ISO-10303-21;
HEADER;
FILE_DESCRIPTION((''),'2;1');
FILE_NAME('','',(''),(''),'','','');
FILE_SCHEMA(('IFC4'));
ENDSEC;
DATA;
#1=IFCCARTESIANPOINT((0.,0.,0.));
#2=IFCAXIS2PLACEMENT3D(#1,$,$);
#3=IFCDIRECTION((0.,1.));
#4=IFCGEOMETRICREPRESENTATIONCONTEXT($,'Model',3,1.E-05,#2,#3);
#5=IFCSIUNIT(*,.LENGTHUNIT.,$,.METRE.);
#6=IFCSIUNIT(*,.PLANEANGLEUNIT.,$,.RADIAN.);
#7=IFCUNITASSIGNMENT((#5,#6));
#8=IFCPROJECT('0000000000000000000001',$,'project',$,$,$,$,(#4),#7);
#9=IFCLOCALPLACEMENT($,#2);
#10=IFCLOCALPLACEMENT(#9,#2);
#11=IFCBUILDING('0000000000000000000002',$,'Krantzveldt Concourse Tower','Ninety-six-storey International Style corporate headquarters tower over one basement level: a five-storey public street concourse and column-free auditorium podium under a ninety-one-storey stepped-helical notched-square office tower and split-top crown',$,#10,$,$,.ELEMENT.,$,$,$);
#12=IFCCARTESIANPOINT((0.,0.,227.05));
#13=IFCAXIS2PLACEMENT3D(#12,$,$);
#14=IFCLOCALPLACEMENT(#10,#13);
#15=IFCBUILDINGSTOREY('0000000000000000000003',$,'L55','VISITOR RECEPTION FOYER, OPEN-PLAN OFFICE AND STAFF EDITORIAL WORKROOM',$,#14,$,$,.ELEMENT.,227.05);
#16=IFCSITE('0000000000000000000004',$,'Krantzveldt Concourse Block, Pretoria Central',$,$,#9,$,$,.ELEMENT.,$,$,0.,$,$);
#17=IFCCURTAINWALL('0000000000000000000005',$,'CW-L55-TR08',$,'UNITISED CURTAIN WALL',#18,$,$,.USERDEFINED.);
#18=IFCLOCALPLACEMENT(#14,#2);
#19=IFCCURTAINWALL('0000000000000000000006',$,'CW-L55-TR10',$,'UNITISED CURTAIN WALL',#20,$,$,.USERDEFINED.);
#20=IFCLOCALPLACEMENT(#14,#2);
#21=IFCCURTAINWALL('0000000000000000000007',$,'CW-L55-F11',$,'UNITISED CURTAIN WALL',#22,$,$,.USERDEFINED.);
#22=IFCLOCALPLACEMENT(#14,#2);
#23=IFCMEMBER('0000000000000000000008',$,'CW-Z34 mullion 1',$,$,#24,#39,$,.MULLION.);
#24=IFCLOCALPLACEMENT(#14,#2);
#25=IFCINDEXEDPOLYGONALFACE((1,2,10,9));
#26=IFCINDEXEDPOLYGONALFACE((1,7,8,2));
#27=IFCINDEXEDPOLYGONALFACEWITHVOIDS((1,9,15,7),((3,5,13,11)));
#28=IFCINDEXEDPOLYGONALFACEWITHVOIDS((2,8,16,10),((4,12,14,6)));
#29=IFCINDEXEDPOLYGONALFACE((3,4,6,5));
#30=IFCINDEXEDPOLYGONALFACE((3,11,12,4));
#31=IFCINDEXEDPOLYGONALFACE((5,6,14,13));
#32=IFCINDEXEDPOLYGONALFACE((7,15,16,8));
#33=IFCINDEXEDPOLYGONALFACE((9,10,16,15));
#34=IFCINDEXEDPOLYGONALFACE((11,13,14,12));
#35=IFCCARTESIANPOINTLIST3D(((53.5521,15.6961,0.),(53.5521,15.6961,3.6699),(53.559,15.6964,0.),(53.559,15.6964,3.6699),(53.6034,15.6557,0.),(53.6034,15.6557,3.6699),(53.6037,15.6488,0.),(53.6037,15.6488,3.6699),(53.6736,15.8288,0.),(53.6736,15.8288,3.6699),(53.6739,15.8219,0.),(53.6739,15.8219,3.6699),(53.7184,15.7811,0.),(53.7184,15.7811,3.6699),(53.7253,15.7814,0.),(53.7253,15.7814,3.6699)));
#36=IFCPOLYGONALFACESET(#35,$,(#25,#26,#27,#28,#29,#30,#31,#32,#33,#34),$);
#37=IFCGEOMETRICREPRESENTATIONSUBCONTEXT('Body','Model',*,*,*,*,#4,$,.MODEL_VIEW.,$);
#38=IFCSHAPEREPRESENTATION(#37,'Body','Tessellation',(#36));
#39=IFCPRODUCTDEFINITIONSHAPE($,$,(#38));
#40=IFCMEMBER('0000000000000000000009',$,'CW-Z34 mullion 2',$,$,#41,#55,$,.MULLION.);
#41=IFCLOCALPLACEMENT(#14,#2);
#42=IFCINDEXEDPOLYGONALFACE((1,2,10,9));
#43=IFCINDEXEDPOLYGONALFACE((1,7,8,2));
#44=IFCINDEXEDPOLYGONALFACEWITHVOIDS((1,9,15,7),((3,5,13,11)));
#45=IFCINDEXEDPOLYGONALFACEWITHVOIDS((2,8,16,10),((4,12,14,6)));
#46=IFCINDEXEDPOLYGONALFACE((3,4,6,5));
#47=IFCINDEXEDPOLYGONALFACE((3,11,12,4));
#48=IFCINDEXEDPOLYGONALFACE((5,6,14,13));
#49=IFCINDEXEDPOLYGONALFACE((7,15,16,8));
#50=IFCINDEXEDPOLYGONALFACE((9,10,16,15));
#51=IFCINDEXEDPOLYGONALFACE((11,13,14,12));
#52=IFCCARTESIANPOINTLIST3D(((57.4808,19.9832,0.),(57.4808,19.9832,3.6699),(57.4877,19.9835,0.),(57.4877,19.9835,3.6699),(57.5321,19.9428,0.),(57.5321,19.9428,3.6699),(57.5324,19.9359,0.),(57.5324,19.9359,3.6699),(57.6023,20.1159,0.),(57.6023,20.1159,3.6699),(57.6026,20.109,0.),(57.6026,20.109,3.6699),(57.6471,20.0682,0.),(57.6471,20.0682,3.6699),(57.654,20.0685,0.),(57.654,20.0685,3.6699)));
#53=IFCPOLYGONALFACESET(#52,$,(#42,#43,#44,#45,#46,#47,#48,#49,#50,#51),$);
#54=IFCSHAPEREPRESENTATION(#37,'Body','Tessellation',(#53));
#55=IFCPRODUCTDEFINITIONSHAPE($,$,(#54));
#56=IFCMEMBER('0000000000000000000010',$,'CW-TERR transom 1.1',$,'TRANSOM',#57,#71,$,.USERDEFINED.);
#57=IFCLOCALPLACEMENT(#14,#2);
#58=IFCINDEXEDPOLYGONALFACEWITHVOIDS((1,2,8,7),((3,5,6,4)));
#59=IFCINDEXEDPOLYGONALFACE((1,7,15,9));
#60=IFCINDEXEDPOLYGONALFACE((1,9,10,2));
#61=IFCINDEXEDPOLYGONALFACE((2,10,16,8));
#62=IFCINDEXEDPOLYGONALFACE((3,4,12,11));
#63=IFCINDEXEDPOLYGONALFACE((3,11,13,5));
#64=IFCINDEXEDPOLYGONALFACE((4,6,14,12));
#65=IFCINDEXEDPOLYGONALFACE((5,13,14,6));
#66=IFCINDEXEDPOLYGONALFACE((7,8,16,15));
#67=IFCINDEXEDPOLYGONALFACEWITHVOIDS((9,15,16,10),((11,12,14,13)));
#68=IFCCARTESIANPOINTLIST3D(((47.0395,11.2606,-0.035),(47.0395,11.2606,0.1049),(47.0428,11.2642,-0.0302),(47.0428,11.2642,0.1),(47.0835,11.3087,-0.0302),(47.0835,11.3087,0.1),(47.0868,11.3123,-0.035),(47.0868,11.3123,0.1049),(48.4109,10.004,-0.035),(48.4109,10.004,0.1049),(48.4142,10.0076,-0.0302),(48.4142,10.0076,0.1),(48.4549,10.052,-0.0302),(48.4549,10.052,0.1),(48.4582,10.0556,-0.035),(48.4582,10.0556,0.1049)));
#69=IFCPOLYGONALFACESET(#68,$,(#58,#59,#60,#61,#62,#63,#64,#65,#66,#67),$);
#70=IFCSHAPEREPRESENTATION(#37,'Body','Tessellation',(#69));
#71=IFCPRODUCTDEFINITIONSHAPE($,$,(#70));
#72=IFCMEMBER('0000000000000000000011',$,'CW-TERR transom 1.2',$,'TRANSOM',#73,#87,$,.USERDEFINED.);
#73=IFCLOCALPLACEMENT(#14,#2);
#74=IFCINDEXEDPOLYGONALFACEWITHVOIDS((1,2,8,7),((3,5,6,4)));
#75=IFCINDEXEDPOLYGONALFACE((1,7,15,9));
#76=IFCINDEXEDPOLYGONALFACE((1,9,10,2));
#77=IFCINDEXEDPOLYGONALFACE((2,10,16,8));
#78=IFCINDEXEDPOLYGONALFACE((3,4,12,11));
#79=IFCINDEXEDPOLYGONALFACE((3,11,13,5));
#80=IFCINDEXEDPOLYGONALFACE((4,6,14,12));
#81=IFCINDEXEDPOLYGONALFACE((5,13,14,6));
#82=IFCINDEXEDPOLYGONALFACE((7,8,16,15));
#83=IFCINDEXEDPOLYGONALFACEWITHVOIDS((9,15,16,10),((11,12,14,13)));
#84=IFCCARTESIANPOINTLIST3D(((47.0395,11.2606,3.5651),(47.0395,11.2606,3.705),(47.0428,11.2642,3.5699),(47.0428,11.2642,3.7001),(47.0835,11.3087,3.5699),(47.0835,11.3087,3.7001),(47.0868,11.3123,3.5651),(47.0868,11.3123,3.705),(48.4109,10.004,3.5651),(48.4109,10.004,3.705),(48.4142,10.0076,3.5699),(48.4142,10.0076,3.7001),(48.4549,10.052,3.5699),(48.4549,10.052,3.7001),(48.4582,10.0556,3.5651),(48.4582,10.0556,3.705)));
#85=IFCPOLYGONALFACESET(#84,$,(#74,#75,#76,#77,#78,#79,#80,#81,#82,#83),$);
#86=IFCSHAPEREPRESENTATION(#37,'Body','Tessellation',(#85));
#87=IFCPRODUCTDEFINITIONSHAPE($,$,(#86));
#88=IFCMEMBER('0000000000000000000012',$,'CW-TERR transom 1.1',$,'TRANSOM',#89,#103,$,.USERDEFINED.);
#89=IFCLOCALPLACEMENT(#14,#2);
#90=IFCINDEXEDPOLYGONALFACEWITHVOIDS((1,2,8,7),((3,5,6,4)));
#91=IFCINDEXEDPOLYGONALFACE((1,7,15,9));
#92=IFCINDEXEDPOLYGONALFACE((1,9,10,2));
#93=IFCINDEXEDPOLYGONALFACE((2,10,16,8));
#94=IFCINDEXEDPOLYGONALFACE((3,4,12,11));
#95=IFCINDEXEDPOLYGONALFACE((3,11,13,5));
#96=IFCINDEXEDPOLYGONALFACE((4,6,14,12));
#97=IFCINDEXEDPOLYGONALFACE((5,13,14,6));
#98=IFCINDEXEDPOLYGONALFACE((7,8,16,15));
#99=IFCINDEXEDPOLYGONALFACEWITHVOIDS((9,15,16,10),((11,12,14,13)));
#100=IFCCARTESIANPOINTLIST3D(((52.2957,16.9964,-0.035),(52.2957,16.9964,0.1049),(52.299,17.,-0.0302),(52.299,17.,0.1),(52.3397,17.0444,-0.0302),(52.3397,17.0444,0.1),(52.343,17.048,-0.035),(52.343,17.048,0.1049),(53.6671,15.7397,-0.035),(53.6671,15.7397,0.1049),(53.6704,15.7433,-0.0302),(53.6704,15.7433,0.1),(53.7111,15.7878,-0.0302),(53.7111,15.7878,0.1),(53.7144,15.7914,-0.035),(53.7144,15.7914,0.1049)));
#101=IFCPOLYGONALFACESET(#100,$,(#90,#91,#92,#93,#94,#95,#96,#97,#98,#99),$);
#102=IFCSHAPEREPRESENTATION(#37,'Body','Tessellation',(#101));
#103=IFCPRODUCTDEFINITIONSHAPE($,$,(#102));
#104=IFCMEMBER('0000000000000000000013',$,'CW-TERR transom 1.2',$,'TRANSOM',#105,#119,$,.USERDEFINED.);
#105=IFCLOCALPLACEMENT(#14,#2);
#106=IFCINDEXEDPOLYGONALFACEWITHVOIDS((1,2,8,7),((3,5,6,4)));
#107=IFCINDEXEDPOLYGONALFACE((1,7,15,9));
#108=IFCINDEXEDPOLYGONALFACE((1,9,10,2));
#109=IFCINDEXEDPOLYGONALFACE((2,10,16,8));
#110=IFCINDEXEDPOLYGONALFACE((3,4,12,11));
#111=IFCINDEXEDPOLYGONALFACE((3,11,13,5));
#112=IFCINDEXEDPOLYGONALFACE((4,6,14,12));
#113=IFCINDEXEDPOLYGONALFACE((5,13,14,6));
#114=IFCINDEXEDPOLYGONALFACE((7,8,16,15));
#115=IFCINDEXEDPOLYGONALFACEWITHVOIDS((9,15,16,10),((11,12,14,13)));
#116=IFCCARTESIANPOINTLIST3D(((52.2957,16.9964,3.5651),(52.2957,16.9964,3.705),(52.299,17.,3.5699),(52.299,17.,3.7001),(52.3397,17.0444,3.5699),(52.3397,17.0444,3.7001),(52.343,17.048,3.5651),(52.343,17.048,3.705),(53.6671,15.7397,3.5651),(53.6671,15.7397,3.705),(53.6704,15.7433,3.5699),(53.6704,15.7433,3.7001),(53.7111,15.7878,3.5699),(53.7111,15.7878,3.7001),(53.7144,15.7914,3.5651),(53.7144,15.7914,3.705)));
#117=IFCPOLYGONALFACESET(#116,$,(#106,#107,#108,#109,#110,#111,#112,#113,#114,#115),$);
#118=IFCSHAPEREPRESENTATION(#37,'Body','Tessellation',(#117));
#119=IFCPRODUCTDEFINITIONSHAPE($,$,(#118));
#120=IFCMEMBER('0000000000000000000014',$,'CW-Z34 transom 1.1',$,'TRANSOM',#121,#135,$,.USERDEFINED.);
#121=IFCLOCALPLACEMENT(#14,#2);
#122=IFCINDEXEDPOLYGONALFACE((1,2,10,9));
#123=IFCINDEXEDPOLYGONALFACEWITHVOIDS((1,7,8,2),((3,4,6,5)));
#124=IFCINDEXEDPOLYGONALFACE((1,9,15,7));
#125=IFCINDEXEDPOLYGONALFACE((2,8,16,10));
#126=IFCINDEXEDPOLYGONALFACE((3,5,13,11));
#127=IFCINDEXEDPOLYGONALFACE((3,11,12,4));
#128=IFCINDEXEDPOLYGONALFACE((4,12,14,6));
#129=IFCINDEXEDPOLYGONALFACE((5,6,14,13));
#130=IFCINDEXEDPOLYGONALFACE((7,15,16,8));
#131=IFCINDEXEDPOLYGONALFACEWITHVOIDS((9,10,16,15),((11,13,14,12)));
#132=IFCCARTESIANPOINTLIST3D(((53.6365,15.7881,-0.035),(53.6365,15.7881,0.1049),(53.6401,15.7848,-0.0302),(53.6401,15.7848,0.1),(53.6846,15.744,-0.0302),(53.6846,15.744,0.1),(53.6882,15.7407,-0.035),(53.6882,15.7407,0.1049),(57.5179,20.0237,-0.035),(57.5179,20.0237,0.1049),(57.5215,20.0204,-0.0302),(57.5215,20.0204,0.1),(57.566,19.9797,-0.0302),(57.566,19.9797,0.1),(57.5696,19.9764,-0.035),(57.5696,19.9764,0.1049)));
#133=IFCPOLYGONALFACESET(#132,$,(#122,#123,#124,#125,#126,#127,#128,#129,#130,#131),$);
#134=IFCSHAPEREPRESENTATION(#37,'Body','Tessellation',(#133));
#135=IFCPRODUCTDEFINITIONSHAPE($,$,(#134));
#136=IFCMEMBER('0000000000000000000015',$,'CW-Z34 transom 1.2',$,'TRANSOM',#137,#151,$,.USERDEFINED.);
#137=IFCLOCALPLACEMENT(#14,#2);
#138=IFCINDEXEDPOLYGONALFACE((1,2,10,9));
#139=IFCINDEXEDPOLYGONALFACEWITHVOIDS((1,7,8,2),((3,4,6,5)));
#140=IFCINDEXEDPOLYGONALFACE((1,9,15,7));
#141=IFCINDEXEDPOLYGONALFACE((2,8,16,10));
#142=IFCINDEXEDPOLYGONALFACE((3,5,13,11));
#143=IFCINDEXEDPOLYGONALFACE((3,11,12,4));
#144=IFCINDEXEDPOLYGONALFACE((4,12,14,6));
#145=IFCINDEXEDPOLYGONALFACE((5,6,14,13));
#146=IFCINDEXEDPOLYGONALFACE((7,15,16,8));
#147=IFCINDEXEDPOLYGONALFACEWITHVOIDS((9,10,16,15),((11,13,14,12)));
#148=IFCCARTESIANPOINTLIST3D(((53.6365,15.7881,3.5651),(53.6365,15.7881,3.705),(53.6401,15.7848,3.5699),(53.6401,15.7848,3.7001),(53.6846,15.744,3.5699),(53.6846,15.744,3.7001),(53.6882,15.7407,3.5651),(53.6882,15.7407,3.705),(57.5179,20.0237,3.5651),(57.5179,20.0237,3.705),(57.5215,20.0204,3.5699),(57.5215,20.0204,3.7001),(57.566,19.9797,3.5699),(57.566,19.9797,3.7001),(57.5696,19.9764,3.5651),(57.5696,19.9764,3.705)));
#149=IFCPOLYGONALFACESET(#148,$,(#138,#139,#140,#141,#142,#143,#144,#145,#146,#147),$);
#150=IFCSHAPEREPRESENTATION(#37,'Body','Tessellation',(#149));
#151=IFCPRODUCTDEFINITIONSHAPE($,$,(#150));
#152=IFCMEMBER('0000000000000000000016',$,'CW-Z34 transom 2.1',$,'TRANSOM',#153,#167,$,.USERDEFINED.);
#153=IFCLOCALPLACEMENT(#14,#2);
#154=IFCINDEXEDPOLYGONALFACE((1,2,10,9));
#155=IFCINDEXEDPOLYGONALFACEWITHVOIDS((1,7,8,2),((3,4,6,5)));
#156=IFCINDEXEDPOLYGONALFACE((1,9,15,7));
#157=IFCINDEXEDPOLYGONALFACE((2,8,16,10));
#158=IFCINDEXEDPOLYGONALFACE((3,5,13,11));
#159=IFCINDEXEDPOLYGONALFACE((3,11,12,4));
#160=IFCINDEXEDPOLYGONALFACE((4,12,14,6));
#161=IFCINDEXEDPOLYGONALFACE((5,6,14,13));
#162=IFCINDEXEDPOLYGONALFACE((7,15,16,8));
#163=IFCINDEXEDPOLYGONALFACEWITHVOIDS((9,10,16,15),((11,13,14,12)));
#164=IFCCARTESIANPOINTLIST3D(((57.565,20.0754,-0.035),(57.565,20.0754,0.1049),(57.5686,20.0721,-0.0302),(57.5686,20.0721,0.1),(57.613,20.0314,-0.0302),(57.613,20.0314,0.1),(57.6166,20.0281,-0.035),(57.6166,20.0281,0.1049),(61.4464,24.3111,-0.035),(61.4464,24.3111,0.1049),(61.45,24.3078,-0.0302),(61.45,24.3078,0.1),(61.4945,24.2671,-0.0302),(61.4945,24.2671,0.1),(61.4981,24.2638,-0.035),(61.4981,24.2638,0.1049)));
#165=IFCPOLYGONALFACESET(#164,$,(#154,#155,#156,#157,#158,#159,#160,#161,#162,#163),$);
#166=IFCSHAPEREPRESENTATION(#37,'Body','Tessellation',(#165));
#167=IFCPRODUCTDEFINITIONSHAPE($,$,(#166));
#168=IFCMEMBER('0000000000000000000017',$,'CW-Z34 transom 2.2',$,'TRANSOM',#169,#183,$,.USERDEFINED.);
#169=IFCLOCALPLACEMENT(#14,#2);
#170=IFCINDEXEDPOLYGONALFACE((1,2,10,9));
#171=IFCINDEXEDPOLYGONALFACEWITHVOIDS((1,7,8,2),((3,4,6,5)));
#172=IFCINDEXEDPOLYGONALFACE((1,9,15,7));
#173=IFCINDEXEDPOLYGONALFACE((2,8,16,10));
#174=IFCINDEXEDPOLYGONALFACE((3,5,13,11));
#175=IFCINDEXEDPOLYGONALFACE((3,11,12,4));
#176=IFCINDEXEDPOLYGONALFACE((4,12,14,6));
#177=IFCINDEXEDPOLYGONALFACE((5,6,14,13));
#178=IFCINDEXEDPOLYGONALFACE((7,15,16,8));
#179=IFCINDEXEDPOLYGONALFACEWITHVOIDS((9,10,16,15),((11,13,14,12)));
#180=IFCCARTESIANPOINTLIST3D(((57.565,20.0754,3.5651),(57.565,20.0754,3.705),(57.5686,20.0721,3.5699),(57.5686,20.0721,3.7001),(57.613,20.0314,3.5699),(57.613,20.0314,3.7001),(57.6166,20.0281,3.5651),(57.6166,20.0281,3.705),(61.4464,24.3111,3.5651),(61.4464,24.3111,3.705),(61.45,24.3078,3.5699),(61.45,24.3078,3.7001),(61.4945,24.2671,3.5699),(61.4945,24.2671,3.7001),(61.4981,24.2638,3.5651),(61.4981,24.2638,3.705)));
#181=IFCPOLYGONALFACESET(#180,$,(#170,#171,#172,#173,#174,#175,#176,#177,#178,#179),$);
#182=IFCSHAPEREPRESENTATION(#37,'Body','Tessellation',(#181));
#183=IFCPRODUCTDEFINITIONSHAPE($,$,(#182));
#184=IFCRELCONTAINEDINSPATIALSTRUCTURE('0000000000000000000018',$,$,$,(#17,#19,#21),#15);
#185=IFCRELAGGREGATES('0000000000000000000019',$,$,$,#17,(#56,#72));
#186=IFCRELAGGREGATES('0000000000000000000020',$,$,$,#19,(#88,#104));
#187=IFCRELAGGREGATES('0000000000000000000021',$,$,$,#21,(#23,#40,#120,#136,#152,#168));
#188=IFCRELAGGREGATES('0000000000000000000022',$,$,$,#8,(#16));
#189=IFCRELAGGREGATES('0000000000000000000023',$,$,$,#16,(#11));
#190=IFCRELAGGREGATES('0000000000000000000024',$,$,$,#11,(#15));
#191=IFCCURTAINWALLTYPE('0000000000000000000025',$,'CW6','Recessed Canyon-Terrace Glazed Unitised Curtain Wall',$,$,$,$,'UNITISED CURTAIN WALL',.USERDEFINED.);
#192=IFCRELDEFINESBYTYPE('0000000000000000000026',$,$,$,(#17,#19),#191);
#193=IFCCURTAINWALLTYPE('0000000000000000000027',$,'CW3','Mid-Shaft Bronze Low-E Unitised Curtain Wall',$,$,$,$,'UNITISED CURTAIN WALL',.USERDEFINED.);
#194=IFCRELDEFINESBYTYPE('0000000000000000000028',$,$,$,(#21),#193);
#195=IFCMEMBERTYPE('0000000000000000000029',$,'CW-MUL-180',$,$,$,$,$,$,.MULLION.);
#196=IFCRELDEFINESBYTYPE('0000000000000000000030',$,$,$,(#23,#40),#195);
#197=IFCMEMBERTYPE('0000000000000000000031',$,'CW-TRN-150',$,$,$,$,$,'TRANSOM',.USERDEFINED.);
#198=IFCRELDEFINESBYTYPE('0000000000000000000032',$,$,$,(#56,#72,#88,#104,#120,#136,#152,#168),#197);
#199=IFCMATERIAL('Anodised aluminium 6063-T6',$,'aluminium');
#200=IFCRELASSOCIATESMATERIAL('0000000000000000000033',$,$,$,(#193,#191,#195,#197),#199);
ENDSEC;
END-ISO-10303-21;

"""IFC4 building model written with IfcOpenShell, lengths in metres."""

from ifc_helpers import new_model, si_unit, direction, frame, origin, origin_2d, place, context, subcontext, project, spatial, hollow_rectangle, extrude, source, transform, mapped, material, material_profile, profile_set, type_object, type_shapes, element, aggregate, save


model = new_model("IFC4")

# Units and contexts
model_context = context("Model", 3, precision=1e-05, world=origin(), true_north=direction((0.0, 1.0)))
body_context = subcontext(model_context, "Body", "Model", "MODEL_VIEW")
ifc_project = project(units=[si_unit("LENGTHUNIT", "METRE"), si_unit("PLANEANGLEUNIT", "RADIAN")], contexts=[model_context])

# Site, building, storey
site_placement = place(None, origin())
site = spatial("IfcSite", under=ifc_project, at=site_placement, Name="Krantzveldt Concourse Block, Pretoria Central", CompositionType="ELEMENT", RefElevation=0.0)
building_placement = place(site_placement, origin())
building = spatial("IfcBuilding", under=site, at=building_placement, Name="Krantzveldt Concourse Tower", Description="Ninety-six-storey International Style corporate headquarters tower over one basement level: a five-storey public street concourse and column-free auditorium podium under a ninety-one-storey stepped-helical notched-square office tower and split-top crown", CompositionType="ELEMENT")
storey_placement = place(building_placement, frame((0.0, 0.0, 227.05)))
storey = spatial("IfcBuildingStorey", under=building, at=storey_placement, Name="L55", Description="VISITOR RECEPTION FOYER, OPEN-PLAN OFFICE AND STAFF EDITORIAL WORKROOM", CompositionType="ELEMENT", Elevation=227.05)

# Shared definitions
ifc_material_1 = material(Name="Anodised aluminium 6063-T6", Category="aluminium")
curtain_wall_type_1 = type_object("IfcCurtainWallType", Name="CW3", Description="Mid-Shaft Bronze Low-E Unitised Curtain Wall", ElementType="UNITISED CURTAIN WALL", PredefinedType="USERDEFINED", material=ifc_material_1)
ifc_material_profile_1 = material_profile(ifc_material_1, hollow_rectangle(XDim=0.0701, YDim=0.1799, WallThickness=0.0049, at=origin_2d()), Name="Anodised aluminium 6063-T6", Category="aluminium")
ifc_profile_set_1 = profile_set([ifc_material_profile_1], Name="Anodised aluminium 6063-T6 - ALU-MULL 180x70x5")
member_type_1 = type_object("IfcMemberType", Name="CW-MUL-180", PredefinedType="MULLION", material=ifc_profile_set_1)
shared_shape_1 = source(origin(), body_context, "Body", "SweptSolid", [
    extrude(hollow_rectangle(XDim=0.0701, YDim=0.1799, WallThickness=0.0049, at=origin_2d()), origin(), (0.0, 0.0, 1.0), 3.6699),
])
type_shapes(member_type_1, [shared_shape_1])

# Curtain walls, members
curtain_wall_type_2 = type_object("IfcCurtainWallType", Name="CW6", Description="Recessed Canyon-Terrace Glazed Unitised Curtain Wall", ElementType="UNITISED CURTAIN WALL", PredefinedType="USERDEFINED", material=ifc_material_1)
curtain_wall_1_placement = place(storey_placement, origin())
curtain_wall_1 = element("IfcCurtainWall", 1, at=curtain_wall_1_placement, inside=storey, type_object=curtain_wall_type_2, Name="CW-L55-TR08", ObjectType="UNITISED CURTAIN WALL", PredefinedType="USERDEFINED")
curtain_wall_2_placement = place(storey_placement, origin())
curtain_wall_2 = element("IfcCurtainWall", 2, at=curtain_wall_2_placement, inside=storey, type_object=curtain_wall_type_2, Name="CW-L55-TR10", ObjectType="UNITISED CURTAIN WALL", PredefinedType="USERDEFINED")
curtain_wall_3_placement = place(storey_placement, origin())
curtain_wall_3 = element("IfcCurtainWall", 3, at=curtain_wall_3_placement, inside=storey, type_object=curtain_wall_type_1, Name="CW-L55-F11", ObjectType="UNITISED CURTAIN WALL", PredefinedType="USERDEFINED")
member_1_placement = place(storey_placement, frame((53.6387, 15.7388, 0.0), z_axis=(0.0, 0.0, 1.0), x_axis=(-0.737278, 0.67559, 0.0)))
member_1 = element("IfcMember", 4, at=member_1_placement, type_object=member_type_1, Name="CW-Z34 mullion 1", PredefinedType="MULLION", context=body_context, shape_type="MappedRepresentation", body=[
    mapped(shared_shape_1, transform((0.0, 0.0, 0.0), x_axis=(1.0, 0.0, 0.0), y_axis=(0.0, 1.0, 0.0), z_axis=(0.0, 0.0, 1.0), scale=1.0)),
])
member_2_placement = place(storey_placement, frame((57.5674, 20.0259, 0.0), z_axis=(0.0, 0.0, 1.0), x_axis=(-0.737278, 0.67559, 0.0)))
member_2 = element("IfcMember", 5, at=member_2_placement, type_object=member_type_1, Name="CW-Z34 mullion 2", PredefinedType="MULLION", context=body_context, shape_type="MappedRepresentation", body=[
    mapped(shared_shape_1, transform((0.0, 0.0, 0.0), x_axis=(1.0, 0.0, 0.0), y_axis=(0.0, 1.0, 0.0), z_axis=(0.0, 0.0, 1.0), scale=1.0)),
])

# Members
ifc_material_profile_2 = material_profile(ifc_material_1, hollow_rectangle(XDim=0.0701, YDim=0.1399, WallThickness=0.0049, at=origin_2d()), Name="Anodised aluminium 6063-T6", Category="aluminium")
ifc_profile_set_2 = profile_set([ifc_material_profile_2], Name="Anodised aluminium 6063-T6 - ALU-TRAN 140x70x5")
member_type_2 = type_object("IfcMemberType", Name="CW-TRN-150", ElementType="TRANSOM", PredefinedType="USERDEFINED", material=ifc_profile_set_2)
shared_shape_2 = source(origin(), body_context, "Body", "SweptSolid", [
    extrude(hollow_rectangle(XDim=0.0701, YDim=0.1399, WallThickness=0.0049, at=origin_2d()), origin(), (0.0, 0.0, 1.0), 1.8601),
])
member_3_placement = place(storey_placement, frame((48.4346, 10.0298, 0.0349), z_axis=(-0.737279, 0.675588, 0.0), x_axis=(-0.675588, -0.737279, 0.0)))
member_3 = element("IfcMember", 6, at=member_3_placement, type_object=member_type_2, Name="CW-TERR transom 1.1", ObjectType="TRANSOM", PredefinedType="USERDEFINED", context=body_context, shape_type="MappedRepresentation", body=[
    mapped(shared_shape_2, transform((0.0, 0.0, 0.0), x_axis=(1.0, 0.0, 0.0), y_axis=(0.0, 1.0, 0.0), z_axis=(0.0, 0.0, 1.0), scale=1.0)),
])
member_4_placement = place(storey_placement, frame((48.4346, 10.0298, 3.635), z_axis=(-0.737279, 0.675588, 0.0), x_axis=(-0.675588, -0.737279, 0.0)))
member_4 = element("IfcMember", 7, at=member_4_placement, type_object=member_type_2, Name="CW-TERR transom 1.2", ObjectType="TRANSOM", PredefinedType="USERDEFINED", context=body_context, shape_type="MappedRepresentation", body=[
    mapped(shared_shape_2, transform((0.0, 0.0, 0.0), x_axis=(1.0, 0.0, 0.0), y_axis=(0.0, 1.0, 0.0), z_axis=(0.0, 0.0, 1.0), scale=1.0)),
])
member_5_placement = place(storey_placement, frame((52.3193, 17.0222, 0.0349), z_axis=(0.737279, -0.675588, 0.0), x_axis=(0.675588, 0.737279, 0.0)))
member_5 = element("IfcMember", 8, at=member_5_placement, type_object=member_type_2, Name="CW-TERR transom 1.1", ObjectType="TRANSOM", PredefinedType="USERDEFINED", context=body_context, shape_type="MappedRepresentation", body=[
    mapped(shared_shape_2, transform((0.0, 0.0, 0.0), x_axis=(1.0, 0.0, 0.0), y_axis=(0.0, 1.0, 0.0), z_axis=(0.0, 0.0, 1.0), scale=1.0)),
])
member_6_placement = place(storey_placement, frame((52.3193, 17.0222, 3.635), z_axis=(0.737279, -0.675588, 0.0), x_axis=(0.675588, 0.737279, 0.0)))
member_6 = element("IfcMember", 9, at=member_6_placement, type_object=member_type_2, Name="CW-TERR transom 1.2", ObjectType="TRANSOM", PredefinedType="USERDEFINED", context=body_context, shape_type="MappedRepresentation", body=[
    mapped(shared_shape_2, transform((0.0, 0.0, 0.0), x_axis=(1.0, 0.0, 0.0), y_axis=(0.0, 1.0, 0.0), z_axis=(0.0, 0.0, 1.0), scale=1.0)),
])
shared_shape_3 = source(origin(), body_context, "Body", "SweptSolid", [
    extrude(hollow_rectangle(XDim=0.0701, YDim=0.1399, WallThickness=0.0049, at=origin_2d()), origin(), (0.0, 0.0, 1.0), 5.7451),
])
type_shapes(member_type_2, [shared_shape_2, shared_shape_3])
member_7_placement = place(storey_placement, frame((53.6624, 15.7644, 0.0349), z_axis=(0.675603, 0.737265, 0.0), x_axis=(-0.737265, 0.675603, 0.0)))
member_7 = element("IfcMember", 10, at=member_7_placement, type_object=member_type_2, Name="CW-Z34 transom 1.1", ObjectType="TRANSOM", PredefinedType="USERDEFINED", context=body_context, shape_type="MappedRepresentation", body=[
    mapped(shared_shape_3, transform((0.0, 0.0, 0.0), x_axis=(1.0, 0.0, 0.0), y_axis=(0.0, 1.0, 0.0), z_axis=(0.0, 0.0, 1.0), scale=1.0)),
])
member_8_placement = place(storey_placement, frame((53.6624, 15.7644, 3.635), z_axis=(0.675603, 0.737265, 0.0), x_axis=(-0.737265, 0.675603, 0.0)))
member_8 = element("IfcMember", 11, at=member_8_placement, type_object=member_type_2, Name="CW-Z34 transom 1.2", ObjectType="TRANSOM", PredefinedType="USERDEFINED", context=body_context, shape_type="MappedRepresentation", body=[
    mapped(shared_shape_3, transform((0.0, 0.0, 0.0), x_axis=(1.0, 0.0, 0.0), y_axis=(0.0, 1.0, 0.0), z_axis=(0.0, 0.0, 1.0), scale=1.0)),
])
member_9_placement = place(storey_placement, frame((57.5908, 20.0518, 0.0349), z_axis=(0.675603, 0.737265, 0.0), x_axis=(-0.737265, 0.675603, 0.0)))
member_9 = element("IfcMember", 12, at=member_9_placement, type_object=member_type_2, Name="CW-Z34 transom 2.1", ObjectType="TRANSOM", PredefinedType="USERDEFINED", context=body_context, shape_type="MappedRepresentation", body=[
    mapped(shared_shape_3, transform((0.0, 0.0, 0.0), x_axis=(1.0, 0.0, 0.0), y_axis=(0.0, 1.0, 0.0), z_axis=(0.0, 0.0, 1.0), scale=1.0)),
])
member_10_placement = place(storey_placement, frame((57.5908, 20.0518, 3.635), z_axis=(0.675603, 0.737265, 0.0), x_axis=(-0.737265, 0.675603, 0.0)))
member_10 = element("IfcMember", 13, at=member_10_placement, type_object=member_type_2, Name="CW-Z34 transom 2.2", ObjectType="TRANSOM", PredefinedType="USERDEFINED", context=body_context, shape_type="MappedRepresentation", body=[
    mapped(shared_shape_3, transform((0.0, 0.0, 0.0), x_axis=(1.0, 0.0, 0.0), y_axis=(0.0, 1.0, 0.0), z_axis=(0.0, 0.0, 1.0), scale=1.0)),
])

aggregate(curtain_wall_1, [member_3, member_4])
aggregate(curtain_wall_2, [member_5, member_6])
aggregate(curtain_wall_3, [member_1, member_2, member_7, member_8, member_9, member_10])

save(model, "model.ifc")
